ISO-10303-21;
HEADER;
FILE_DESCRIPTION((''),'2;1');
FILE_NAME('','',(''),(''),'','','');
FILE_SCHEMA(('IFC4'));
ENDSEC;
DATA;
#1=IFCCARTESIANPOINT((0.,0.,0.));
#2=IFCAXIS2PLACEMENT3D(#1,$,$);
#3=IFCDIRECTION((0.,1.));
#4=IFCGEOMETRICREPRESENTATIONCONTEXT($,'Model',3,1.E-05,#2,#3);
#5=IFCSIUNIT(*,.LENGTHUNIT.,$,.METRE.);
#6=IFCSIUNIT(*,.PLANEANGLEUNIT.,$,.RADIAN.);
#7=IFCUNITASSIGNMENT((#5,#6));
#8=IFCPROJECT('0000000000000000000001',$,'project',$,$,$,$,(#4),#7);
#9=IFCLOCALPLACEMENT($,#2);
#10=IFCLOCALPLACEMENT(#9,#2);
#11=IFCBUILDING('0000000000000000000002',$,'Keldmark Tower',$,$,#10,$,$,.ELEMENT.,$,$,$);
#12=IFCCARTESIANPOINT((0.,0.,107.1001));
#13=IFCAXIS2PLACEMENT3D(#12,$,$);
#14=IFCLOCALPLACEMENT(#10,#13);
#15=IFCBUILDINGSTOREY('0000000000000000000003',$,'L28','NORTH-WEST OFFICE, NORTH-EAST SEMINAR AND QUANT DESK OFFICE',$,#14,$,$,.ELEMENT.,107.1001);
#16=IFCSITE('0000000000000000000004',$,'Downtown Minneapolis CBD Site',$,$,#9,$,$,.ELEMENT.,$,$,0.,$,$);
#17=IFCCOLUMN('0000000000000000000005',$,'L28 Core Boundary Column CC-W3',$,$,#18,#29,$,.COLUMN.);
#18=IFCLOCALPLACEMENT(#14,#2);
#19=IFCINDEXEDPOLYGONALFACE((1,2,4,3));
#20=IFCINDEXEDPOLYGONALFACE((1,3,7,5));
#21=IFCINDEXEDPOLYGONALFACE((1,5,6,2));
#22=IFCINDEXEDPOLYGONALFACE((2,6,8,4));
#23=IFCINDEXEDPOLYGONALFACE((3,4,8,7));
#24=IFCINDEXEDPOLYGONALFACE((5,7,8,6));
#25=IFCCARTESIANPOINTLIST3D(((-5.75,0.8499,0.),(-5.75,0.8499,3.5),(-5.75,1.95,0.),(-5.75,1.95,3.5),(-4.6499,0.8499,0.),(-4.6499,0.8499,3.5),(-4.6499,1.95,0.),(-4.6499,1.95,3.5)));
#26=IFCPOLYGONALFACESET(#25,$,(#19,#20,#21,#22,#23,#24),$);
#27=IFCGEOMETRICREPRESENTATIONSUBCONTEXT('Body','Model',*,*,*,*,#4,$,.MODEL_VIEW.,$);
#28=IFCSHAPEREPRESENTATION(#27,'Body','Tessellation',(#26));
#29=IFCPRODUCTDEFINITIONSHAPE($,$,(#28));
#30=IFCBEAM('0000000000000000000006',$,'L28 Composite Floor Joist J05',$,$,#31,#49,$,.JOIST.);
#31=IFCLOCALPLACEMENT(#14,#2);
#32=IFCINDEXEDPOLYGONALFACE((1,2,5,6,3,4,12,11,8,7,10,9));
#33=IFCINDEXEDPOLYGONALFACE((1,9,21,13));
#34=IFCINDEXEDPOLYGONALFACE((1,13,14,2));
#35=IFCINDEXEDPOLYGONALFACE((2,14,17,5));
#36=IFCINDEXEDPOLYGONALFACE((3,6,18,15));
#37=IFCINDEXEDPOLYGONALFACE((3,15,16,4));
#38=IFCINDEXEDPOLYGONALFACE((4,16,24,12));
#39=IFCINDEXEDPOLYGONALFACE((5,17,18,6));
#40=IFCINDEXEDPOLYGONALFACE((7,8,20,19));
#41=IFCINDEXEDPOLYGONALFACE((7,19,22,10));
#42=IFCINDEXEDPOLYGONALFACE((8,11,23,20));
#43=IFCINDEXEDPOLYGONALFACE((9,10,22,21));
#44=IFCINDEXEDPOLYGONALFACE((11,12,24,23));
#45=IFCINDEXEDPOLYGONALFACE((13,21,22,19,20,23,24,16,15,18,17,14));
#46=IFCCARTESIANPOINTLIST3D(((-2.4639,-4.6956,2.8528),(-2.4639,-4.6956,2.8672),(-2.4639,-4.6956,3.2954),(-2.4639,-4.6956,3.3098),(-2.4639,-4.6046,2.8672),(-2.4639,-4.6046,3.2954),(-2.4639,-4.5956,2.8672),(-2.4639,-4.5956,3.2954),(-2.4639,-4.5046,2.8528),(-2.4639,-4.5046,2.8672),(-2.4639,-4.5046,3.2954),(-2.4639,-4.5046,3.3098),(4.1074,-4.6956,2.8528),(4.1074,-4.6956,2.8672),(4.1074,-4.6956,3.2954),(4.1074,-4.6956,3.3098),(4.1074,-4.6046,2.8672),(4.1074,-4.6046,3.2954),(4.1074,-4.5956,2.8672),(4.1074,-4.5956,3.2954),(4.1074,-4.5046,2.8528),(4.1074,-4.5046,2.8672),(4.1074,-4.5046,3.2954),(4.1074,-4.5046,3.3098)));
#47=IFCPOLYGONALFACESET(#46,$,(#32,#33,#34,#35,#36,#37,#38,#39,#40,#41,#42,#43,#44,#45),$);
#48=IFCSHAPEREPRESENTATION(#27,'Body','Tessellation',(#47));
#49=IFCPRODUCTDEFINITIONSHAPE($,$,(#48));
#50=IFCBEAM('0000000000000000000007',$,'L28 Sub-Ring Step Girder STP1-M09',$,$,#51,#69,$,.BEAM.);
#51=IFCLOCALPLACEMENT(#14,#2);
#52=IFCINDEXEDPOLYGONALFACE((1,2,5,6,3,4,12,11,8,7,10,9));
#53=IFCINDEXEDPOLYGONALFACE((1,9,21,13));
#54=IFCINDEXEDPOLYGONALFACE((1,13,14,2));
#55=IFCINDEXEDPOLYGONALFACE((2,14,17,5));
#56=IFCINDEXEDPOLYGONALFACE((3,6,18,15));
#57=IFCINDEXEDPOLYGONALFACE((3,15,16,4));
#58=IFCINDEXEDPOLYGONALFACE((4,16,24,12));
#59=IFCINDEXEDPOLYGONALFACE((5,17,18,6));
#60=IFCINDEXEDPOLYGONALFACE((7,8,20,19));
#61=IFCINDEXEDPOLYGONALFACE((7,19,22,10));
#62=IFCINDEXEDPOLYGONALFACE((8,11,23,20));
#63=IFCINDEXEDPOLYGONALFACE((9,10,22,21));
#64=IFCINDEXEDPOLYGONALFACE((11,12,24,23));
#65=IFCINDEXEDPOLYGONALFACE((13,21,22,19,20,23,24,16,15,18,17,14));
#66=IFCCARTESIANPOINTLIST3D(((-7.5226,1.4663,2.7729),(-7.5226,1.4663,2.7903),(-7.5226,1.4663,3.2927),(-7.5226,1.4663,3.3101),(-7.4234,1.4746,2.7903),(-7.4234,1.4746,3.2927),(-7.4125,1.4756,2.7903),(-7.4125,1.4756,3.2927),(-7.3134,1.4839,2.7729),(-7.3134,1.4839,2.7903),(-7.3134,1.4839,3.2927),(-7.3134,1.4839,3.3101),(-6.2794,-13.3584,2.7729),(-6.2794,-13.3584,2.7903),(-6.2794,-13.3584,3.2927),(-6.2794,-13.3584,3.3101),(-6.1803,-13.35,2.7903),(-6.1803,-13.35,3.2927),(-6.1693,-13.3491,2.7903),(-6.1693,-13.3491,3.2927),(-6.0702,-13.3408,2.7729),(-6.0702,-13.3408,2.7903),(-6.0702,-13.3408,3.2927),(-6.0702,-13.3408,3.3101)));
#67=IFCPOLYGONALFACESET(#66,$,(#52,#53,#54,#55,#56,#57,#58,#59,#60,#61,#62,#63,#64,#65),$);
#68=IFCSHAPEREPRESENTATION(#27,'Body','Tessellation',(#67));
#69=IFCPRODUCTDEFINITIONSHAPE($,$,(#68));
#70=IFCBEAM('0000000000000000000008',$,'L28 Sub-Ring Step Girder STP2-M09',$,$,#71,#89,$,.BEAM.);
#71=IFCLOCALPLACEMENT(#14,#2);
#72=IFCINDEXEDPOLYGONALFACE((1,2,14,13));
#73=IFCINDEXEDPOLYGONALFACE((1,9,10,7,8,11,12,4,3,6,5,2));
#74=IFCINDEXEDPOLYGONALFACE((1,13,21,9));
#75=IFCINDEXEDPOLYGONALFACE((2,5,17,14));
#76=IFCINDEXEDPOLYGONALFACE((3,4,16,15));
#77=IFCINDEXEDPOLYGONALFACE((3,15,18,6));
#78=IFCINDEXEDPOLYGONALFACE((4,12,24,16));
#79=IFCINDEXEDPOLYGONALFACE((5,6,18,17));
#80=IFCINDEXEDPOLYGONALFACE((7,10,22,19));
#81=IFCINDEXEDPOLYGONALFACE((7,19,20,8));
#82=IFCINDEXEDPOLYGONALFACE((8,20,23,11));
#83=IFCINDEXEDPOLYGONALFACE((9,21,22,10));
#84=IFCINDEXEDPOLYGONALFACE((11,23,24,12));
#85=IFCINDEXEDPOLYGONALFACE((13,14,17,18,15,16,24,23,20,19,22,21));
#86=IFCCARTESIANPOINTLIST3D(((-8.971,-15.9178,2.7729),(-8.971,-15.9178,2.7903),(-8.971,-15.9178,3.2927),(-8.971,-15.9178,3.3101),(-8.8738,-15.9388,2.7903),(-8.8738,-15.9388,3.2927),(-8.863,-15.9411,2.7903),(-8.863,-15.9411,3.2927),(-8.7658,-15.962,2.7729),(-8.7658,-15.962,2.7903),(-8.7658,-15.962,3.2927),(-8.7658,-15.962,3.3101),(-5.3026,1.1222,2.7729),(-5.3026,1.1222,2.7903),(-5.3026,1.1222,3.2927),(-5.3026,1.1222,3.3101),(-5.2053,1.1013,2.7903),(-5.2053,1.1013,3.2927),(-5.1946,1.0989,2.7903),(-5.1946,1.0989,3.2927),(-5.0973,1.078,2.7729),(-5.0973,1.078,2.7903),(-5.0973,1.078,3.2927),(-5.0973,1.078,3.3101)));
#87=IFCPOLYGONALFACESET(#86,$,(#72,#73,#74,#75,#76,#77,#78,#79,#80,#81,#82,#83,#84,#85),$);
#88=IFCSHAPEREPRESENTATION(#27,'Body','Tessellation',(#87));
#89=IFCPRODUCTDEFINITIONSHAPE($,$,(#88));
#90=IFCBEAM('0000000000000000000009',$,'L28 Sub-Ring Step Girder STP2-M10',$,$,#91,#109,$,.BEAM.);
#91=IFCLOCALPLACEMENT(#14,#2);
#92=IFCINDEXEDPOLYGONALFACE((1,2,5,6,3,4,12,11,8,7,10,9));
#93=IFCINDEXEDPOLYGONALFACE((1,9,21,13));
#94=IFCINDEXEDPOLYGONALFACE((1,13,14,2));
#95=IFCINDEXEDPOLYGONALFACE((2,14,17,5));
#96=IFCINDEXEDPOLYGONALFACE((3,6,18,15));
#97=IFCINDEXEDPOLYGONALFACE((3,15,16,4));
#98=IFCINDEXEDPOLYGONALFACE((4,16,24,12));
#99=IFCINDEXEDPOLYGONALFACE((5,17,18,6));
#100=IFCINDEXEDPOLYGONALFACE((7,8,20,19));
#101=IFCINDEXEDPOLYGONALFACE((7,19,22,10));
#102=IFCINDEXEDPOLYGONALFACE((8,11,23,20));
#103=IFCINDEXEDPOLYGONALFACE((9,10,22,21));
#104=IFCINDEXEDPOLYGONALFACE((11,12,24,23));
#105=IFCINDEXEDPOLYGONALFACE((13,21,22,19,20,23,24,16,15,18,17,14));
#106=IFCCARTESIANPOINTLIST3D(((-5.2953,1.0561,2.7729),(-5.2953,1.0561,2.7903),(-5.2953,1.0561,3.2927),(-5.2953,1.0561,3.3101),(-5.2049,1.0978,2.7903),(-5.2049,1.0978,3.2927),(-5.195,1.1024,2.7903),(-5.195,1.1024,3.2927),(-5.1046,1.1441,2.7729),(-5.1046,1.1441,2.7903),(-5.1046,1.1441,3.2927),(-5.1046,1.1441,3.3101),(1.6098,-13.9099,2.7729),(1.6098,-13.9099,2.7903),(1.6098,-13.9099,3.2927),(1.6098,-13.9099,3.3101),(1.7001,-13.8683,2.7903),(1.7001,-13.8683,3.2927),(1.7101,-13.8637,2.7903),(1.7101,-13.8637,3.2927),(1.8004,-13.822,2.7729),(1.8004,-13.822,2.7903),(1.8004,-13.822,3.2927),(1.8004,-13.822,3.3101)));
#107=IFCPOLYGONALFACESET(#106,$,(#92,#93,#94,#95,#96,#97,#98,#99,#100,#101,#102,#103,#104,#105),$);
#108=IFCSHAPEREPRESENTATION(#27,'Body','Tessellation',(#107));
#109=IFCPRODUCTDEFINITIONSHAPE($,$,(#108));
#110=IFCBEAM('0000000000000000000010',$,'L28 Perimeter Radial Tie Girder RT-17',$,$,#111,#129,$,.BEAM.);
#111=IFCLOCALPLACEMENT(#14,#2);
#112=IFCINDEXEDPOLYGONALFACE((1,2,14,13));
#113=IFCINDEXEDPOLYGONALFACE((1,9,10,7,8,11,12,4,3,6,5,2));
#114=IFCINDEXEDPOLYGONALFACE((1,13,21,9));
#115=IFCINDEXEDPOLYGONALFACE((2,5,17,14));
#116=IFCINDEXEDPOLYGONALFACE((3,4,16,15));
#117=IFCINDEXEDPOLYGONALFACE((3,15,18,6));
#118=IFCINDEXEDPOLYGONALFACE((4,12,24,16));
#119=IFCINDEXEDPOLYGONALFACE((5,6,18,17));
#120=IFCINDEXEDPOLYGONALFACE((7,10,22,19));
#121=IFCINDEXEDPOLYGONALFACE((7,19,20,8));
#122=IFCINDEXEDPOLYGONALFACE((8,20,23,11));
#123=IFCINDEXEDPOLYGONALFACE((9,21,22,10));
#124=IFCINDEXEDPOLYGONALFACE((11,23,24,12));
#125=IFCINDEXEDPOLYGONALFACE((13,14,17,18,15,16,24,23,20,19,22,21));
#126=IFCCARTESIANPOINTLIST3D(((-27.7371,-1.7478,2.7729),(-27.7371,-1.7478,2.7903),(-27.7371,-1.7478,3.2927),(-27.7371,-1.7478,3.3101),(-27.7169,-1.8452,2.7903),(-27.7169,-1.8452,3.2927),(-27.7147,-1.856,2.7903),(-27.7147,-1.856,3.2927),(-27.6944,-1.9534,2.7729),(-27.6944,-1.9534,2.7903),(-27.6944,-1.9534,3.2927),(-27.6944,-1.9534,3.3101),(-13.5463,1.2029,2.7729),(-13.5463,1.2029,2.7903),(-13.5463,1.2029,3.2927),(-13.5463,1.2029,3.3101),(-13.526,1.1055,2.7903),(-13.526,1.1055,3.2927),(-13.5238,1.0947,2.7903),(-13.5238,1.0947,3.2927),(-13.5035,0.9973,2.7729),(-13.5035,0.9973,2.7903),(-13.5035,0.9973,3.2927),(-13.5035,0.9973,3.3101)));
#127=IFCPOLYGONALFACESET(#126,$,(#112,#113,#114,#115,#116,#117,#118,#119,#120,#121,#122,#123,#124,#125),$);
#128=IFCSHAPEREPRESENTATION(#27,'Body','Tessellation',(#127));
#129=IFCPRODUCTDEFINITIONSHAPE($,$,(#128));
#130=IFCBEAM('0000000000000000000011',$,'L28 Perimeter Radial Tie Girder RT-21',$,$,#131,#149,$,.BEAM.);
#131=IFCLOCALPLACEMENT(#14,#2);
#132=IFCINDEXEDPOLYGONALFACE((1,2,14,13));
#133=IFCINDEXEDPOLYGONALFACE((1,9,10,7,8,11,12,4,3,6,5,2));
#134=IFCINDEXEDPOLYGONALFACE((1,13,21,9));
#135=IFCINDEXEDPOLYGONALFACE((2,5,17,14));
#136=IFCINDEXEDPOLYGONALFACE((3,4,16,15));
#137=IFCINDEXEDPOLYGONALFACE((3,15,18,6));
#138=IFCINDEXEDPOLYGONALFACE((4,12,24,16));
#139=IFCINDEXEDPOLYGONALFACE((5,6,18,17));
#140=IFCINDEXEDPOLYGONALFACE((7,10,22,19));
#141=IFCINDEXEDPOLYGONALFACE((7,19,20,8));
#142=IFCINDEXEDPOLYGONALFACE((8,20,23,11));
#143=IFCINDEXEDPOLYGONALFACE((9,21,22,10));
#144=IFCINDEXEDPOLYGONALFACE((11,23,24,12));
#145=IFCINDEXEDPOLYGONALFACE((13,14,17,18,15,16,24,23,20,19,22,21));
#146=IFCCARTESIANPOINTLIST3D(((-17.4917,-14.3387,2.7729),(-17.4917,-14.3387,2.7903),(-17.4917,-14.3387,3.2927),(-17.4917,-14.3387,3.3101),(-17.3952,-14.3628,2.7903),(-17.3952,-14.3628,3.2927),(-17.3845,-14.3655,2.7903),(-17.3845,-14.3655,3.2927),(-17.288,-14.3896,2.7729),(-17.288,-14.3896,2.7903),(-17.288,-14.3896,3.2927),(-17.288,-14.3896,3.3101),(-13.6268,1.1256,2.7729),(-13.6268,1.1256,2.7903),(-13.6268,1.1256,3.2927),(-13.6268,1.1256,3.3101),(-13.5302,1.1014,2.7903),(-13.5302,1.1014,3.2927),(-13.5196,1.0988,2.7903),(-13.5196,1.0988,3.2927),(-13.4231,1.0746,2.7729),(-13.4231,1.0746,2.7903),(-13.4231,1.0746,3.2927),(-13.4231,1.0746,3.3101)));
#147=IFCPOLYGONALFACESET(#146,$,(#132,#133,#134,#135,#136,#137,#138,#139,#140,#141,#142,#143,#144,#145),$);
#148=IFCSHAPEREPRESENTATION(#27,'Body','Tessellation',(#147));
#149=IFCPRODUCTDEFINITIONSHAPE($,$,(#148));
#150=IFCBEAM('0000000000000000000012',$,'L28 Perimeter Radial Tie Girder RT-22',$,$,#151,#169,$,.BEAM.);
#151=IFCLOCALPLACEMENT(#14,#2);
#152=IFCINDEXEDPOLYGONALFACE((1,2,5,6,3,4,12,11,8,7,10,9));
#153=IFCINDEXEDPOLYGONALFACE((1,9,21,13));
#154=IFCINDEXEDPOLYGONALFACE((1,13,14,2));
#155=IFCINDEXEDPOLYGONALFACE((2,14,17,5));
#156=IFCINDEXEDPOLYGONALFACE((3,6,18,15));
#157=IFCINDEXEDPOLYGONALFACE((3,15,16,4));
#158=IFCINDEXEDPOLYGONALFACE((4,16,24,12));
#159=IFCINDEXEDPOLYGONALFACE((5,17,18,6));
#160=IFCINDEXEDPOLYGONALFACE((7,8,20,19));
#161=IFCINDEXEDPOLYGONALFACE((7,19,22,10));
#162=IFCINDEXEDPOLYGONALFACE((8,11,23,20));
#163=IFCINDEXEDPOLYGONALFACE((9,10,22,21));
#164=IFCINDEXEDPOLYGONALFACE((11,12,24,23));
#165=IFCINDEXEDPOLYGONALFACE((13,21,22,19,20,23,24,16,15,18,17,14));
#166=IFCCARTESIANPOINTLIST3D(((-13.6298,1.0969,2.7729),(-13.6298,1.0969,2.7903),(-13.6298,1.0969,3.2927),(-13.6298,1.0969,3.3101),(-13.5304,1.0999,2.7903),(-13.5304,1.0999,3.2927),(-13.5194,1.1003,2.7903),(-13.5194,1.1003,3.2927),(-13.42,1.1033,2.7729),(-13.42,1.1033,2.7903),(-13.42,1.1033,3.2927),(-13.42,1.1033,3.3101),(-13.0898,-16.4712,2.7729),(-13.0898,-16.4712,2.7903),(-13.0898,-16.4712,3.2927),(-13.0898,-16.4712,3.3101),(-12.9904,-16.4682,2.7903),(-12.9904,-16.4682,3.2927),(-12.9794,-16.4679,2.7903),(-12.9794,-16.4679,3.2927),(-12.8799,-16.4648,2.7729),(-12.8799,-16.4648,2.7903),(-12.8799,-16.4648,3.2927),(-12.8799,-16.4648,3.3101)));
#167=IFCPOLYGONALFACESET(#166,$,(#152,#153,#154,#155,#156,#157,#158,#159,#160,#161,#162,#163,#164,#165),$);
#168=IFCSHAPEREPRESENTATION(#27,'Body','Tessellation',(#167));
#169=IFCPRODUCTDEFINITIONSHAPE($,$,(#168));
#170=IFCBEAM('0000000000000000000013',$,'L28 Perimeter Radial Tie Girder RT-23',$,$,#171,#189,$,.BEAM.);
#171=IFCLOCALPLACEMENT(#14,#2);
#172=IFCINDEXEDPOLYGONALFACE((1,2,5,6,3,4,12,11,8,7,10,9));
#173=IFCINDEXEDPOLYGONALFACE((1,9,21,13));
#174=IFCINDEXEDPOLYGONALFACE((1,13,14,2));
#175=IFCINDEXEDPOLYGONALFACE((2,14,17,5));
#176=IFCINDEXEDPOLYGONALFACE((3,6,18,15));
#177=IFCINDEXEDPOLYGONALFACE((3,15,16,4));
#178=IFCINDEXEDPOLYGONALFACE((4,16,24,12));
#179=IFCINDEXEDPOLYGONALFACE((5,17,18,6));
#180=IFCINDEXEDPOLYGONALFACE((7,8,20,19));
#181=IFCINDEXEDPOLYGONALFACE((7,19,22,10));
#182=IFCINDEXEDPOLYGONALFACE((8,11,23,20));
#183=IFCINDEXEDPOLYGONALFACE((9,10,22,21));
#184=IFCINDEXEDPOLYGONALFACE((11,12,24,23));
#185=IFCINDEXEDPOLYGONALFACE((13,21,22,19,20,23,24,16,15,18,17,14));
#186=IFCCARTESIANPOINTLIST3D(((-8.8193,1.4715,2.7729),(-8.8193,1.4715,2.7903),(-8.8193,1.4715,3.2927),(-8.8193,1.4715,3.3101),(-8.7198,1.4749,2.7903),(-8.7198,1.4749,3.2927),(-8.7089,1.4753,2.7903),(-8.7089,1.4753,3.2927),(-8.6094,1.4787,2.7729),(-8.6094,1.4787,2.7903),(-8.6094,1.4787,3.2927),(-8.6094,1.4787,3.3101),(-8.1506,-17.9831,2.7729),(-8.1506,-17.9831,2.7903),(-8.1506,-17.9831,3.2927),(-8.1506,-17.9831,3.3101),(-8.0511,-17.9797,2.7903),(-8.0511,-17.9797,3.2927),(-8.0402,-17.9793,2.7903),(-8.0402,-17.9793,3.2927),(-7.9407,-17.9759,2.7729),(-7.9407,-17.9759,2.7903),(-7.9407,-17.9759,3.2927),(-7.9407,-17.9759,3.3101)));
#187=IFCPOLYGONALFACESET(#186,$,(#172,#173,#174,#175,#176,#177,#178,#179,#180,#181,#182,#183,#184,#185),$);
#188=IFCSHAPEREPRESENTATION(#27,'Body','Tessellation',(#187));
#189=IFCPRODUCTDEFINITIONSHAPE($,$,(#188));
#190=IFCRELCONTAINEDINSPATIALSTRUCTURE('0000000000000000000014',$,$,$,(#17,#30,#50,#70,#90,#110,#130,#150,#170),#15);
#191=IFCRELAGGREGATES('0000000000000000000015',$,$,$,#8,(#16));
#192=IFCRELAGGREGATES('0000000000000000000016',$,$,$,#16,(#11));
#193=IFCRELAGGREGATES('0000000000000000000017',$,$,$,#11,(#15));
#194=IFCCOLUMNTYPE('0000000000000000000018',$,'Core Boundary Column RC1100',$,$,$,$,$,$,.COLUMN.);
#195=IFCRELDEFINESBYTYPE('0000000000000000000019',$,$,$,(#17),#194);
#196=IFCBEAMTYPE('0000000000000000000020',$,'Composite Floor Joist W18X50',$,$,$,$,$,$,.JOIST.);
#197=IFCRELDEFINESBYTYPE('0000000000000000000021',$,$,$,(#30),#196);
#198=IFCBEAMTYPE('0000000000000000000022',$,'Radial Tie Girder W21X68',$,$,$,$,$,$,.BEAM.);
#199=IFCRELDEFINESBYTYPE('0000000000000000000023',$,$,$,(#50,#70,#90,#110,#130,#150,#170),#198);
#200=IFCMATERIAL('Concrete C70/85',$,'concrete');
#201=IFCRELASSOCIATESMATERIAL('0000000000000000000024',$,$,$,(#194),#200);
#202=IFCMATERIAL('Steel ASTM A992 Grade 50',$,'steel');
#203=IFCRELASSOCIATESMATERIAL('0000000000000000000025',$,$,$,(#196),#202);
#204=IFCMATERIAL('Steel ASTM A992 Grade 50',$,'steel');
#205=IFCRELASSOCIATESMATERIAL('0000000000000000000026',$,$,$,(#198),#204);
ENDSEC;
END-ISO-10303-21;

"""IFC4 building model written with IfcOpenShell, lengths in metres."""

from ifc_helpers import new_model, si_unit, direction, frame, origin, origin_2d, place, context, subcontext, project, spatial, rectangle, i_section, extrude, material, material_profile, profile_set, type_object, element, save


model = new_model("IFC4")

# Units and contexts
model_context = context("Model", 3, precision=1e-05, world=origin(), true_north=direction((0.0, 1.0)))
body_context = subcontext(model_context, "Body", "Model", "MODEL_VIEW")
ifc_project = project(units=[si_unit("LENGTHUNIT", "METRE"), si_unit("PLANEANGLEUNIT", "RADIAN")], contexts=[model_context])

# Site, building, storey
site_placement = place(None, origin())
site = spatial("IfcSite", under=ifc_project, at=site_placement, Name="Downtown Minneapolis CBD Site", CompositionType="ELEMENT", RefElevation=0.0)
building_placement = place(site_placement, origin())
building = spatial("IfcBuilding", under=site, at=building_placement, Name="Keldmark Tower", CompositionType="ELEMENT")
storey_placement = place(building_placement, frame((0.0, 0.0, 107.1001)))
storey = spatial("IfcBuildingStorey", under=building, at=storey_placement, Name="L28", Description="NORTH-WEST OFFICE, NORTH-EAST SEMINAR AND QUANT DESK OFFICE", CompositionType="ELEMENT", Elevation=107.1001)

# Column
ifc_material_1 = material(Name="Concrete C70/85", Category="concrete")
ifc_material_profile_1 = material_profile(ifc_material_1, rectangle(XDim=1.1001, YDim=1.1001, at=origin_2d()), Name="RC1100X1100")
ifc_profile_set_1 = profile_set([ifc_material_profile_1], Name="Concrete C70/85")
column_type = type_object("IfcColumnType", Name="Core Boundary Column RC1100", PredefinedType="COLUMN", material=ifc_profile_set_1)
column_placement = place(storey_placement, frame((-5.2, 1.3999, 0.0), z_axis=(0.0, 0.0, 1.0), x_axis=(1.0, 0.0, 0.0)))
element("IfcColumn", 1, at=column_placement, inside=storey, type_object=column_type, Name="L28 Core Boundary Column CC-W3", PredefinedType="COLUMN", context=body_context, shape_type="SweptSolid", body=[
    extrude(rectangle(XDim=1.1001, YDim=1.1001, at=origin_2d()), origin(), (0.0, 0.0, 1.0), 3.5),
])

# Beams
ifc_material_2 = material(Name="Steel ASTM A992 Grade 50", Category="steel")
ifc_material_profile_2 = material_profile(ifc_material_2, i_section(OverallWidth=0.1909, OverallDepth=0.457, WebThickness=0.009, FlangeThickness=0.0144, at=origin_2d()), Name="W18X50")
ifc_profile_set_2 = profile_set([ifc_material_profile_2], Name="Steel ASTM A992 Grade 50")
beam_type_1 = type_object("IfcBeamType", Name="Composite Floor Joist W18X50", PredefinedType="JOIST", material=ifc_profile_set_2)
beam_1_placement = place(storey_placement, frame((-2.4639, -4.6001, 3.0813), z_axis=(1.0, 0.0, 0.0), x_axis=(0.0, 1.0, 0.0)))
element("IfcBeam", 2, at=beam_1_placement, inside=storey, type_object=beam_type_1, Name="L28 Composite Floor Joist J05", PredefinedType="JOIST", context=body_context, shape_type="SweptSolid", body=[
    extrude(i_section(OverallWidth=0.1909, OverallDepth=0.457, WebThickness=0.009, FlangeThickness=0.0144, at=origin_2d()), origin(), (0.0, 0.0, 1.0), 6.5713),
])
ifc_material_3 = material(Name="Steel ASTM A992 Grade 50", Category="steel")
ifc_material_profile_3 = material_profile(ifc_material_3, i_section(OverallWidth=0.21, OverallDepth=0.5371, WebThickness=0.011, FlangeThickness=0.0173, at=origin_2d()), Name="W21X68")
ifc_profile_set_3 = profile_set([ifc_material_profile_3], Name="Steel ASTM A992 Grade 50")
beam_type_2 = type_object("IfcBeamType", Name="Radial Tie Girder W21X68", PredefinedType="BEAM", material=ifc_profile_set_3)
beam_2_placement = place(storey_placement, frame((-7.418, 1.4751, 3.0415), z_axis=(0.083564, -0.996502, 0.0), x_axis=(0.996502, 0.083564, 0.0)))
element("IfcBeam", 3, at=beam_2_placement, inside=storey, type_object=beam_type_2, Name="L28 Sub-Ring Step Girder STP1-M09", PredefinedType="BEAM", context=body_context, shape_type="SweptSolid", body=[
    extrude(i_section(OverallWidth=0.21, OverallDepth=0.5371, WebThickness=0.011, FlangeThickness=0.0173, at=origin_2d()), origin(), (0.0, 0.0, 1.0), 14.8767),
])
beam_3_placement = place(storey_placement, frame((-5.2, 1.1001, 3.0415), z_axis=(-0.210463, -0.977602, 0.0), x_axis=(0.977602, -0.210463, 0.0)))
element("IfcBeam", 4, at=beam_3_placement, inside=storey, type_object=beam_type_2, Name="L28 Sub-Ring Step Girder STP2-M09", PredefinedType="BEAM", context=body_context, shape_type="SweptSolid", body=[
    extrude(i_section(OverallWidth=0.21, OverallDepth=0.5371, WebThickness=0.011, FlangeThickness=0.0173, at=origin_2d()), origin(), (0.0, 0.0, 1.0), 17.4304),
])
beam_4_placement = place(storey_placement, frame((-5.2, 1.1001, 3.0415), z_axis=(0.418939, -0.908014, 0.0), x_axis=(0.908014, 0.418939, 0.0)))
element("IfcBeam", 5, at=beam_4_placement, inside=storey, type_object=beam_type_2, Name="L28 Sub-Ring Step Girder STP2-M10", PredefinedType="BEAM", context=body_context, shape_type="SweptSolid", body=[
    extrude(i_section(OverallWidth=0.21, OverallDepth=0.5371, WebThickness=0.011, FlangeThickness=0.0173, at=origin_2d()), origin(), (0.0, 0.0, 1.0), 16.4822),
])
beam_5_placement = place(storey_placement, frame((-13.5249, 1.1001, 3.0415), z_axis=(-0.97906, -0.203574, 0.0), x_axis=(0.203574, -0.97906, 0.0)))
element("IfcBeam", 6, at=beam_5_placement, inside=storey, type_object=beam_type_2, Name="L28 Perimeter Radial Tie Girder RT-17", PredefinedType="BEAM", context=body_context, shape_type="SweptSolid", body=[
    extrude(i_section(OverallWidth=0.21, OverallDepth=0.5371, WebThickness=0.011, FlangeThickness=0.0173, at=origin_2d()), origin(), (0.0, 0.0, 1.0), 14.4944),
])
beam_6_placement = place(storey_placement, frame((-13.5249, 1.1001, 3.0415), z_axis=(-0.242471, -0.970159, 0.0), x_axis=(0.970159, -0.242471, 0.0)))
element("IfcBeam", 7, at=beam_6_placement, inside=storey, type_object=beam_type_2, Name="L28 Perimeter Radial Tie Girder RT-21", PredefinedType="BEAM", context=body_context, shape_type="SweptSolid", body=[
    extrude(i_section(OverallWidth=0.21, OverallDepth=0.5371, WebThickness=0.011, FlangeThickness=0.0173, at=origin_2d()), origin(), (0.0, 0.0, 1.0), 15.9399),
])
beam_7_placement = place(storey_placement, frame((-13.5249, 1.1001, 3.0415), z_axis=(0.030725, -0.999528, 0.0), x_axis=(0.999528, 0.030725, 0.0)))
element("IfcBeam", 8, at=beam_7_placement, inside=storey, type_object=beam_type_2, Name="L28 Perimeter Radial Tie Girder RT-22", PredefinedType="BEAM", context=body_context, shape_type="SweptSolid", body=[
    extrude(i_section(OverallWidth=0.21, OverallDepth=0.5371, WebThickness=0.011, FlangeThickness=0.0173, at=origin_2d()), origin(), (0.0, 0.0, 1.0), 17.5764),
])
beam_8_placement = place(storey_placement, frame((-8.7144, 1.4751, 3.0415), z_axis=(0.034352, -0.99941, 0.0), x_axis=(0.99941, 0.034352, 0.0)))
element("IfcBeam", 9, at=beam_8_placement, inside=storey, type_object=beam_type_2, Name="L28 Perimeter Radial Tie Girder RT-23", PredefinedType="BEAM", context=body_context, shape_type="SweptSolid", body=[
    extrude(i_section(OverallWidth=0.21, OverallDepth=0.5371, WebThickness=0.011, FlangeThickness=0.0173, at=origin_2d()), origin(), (0.0, 0.0, 1.0), 19.4661),
])

save(model, "model.ifc")
